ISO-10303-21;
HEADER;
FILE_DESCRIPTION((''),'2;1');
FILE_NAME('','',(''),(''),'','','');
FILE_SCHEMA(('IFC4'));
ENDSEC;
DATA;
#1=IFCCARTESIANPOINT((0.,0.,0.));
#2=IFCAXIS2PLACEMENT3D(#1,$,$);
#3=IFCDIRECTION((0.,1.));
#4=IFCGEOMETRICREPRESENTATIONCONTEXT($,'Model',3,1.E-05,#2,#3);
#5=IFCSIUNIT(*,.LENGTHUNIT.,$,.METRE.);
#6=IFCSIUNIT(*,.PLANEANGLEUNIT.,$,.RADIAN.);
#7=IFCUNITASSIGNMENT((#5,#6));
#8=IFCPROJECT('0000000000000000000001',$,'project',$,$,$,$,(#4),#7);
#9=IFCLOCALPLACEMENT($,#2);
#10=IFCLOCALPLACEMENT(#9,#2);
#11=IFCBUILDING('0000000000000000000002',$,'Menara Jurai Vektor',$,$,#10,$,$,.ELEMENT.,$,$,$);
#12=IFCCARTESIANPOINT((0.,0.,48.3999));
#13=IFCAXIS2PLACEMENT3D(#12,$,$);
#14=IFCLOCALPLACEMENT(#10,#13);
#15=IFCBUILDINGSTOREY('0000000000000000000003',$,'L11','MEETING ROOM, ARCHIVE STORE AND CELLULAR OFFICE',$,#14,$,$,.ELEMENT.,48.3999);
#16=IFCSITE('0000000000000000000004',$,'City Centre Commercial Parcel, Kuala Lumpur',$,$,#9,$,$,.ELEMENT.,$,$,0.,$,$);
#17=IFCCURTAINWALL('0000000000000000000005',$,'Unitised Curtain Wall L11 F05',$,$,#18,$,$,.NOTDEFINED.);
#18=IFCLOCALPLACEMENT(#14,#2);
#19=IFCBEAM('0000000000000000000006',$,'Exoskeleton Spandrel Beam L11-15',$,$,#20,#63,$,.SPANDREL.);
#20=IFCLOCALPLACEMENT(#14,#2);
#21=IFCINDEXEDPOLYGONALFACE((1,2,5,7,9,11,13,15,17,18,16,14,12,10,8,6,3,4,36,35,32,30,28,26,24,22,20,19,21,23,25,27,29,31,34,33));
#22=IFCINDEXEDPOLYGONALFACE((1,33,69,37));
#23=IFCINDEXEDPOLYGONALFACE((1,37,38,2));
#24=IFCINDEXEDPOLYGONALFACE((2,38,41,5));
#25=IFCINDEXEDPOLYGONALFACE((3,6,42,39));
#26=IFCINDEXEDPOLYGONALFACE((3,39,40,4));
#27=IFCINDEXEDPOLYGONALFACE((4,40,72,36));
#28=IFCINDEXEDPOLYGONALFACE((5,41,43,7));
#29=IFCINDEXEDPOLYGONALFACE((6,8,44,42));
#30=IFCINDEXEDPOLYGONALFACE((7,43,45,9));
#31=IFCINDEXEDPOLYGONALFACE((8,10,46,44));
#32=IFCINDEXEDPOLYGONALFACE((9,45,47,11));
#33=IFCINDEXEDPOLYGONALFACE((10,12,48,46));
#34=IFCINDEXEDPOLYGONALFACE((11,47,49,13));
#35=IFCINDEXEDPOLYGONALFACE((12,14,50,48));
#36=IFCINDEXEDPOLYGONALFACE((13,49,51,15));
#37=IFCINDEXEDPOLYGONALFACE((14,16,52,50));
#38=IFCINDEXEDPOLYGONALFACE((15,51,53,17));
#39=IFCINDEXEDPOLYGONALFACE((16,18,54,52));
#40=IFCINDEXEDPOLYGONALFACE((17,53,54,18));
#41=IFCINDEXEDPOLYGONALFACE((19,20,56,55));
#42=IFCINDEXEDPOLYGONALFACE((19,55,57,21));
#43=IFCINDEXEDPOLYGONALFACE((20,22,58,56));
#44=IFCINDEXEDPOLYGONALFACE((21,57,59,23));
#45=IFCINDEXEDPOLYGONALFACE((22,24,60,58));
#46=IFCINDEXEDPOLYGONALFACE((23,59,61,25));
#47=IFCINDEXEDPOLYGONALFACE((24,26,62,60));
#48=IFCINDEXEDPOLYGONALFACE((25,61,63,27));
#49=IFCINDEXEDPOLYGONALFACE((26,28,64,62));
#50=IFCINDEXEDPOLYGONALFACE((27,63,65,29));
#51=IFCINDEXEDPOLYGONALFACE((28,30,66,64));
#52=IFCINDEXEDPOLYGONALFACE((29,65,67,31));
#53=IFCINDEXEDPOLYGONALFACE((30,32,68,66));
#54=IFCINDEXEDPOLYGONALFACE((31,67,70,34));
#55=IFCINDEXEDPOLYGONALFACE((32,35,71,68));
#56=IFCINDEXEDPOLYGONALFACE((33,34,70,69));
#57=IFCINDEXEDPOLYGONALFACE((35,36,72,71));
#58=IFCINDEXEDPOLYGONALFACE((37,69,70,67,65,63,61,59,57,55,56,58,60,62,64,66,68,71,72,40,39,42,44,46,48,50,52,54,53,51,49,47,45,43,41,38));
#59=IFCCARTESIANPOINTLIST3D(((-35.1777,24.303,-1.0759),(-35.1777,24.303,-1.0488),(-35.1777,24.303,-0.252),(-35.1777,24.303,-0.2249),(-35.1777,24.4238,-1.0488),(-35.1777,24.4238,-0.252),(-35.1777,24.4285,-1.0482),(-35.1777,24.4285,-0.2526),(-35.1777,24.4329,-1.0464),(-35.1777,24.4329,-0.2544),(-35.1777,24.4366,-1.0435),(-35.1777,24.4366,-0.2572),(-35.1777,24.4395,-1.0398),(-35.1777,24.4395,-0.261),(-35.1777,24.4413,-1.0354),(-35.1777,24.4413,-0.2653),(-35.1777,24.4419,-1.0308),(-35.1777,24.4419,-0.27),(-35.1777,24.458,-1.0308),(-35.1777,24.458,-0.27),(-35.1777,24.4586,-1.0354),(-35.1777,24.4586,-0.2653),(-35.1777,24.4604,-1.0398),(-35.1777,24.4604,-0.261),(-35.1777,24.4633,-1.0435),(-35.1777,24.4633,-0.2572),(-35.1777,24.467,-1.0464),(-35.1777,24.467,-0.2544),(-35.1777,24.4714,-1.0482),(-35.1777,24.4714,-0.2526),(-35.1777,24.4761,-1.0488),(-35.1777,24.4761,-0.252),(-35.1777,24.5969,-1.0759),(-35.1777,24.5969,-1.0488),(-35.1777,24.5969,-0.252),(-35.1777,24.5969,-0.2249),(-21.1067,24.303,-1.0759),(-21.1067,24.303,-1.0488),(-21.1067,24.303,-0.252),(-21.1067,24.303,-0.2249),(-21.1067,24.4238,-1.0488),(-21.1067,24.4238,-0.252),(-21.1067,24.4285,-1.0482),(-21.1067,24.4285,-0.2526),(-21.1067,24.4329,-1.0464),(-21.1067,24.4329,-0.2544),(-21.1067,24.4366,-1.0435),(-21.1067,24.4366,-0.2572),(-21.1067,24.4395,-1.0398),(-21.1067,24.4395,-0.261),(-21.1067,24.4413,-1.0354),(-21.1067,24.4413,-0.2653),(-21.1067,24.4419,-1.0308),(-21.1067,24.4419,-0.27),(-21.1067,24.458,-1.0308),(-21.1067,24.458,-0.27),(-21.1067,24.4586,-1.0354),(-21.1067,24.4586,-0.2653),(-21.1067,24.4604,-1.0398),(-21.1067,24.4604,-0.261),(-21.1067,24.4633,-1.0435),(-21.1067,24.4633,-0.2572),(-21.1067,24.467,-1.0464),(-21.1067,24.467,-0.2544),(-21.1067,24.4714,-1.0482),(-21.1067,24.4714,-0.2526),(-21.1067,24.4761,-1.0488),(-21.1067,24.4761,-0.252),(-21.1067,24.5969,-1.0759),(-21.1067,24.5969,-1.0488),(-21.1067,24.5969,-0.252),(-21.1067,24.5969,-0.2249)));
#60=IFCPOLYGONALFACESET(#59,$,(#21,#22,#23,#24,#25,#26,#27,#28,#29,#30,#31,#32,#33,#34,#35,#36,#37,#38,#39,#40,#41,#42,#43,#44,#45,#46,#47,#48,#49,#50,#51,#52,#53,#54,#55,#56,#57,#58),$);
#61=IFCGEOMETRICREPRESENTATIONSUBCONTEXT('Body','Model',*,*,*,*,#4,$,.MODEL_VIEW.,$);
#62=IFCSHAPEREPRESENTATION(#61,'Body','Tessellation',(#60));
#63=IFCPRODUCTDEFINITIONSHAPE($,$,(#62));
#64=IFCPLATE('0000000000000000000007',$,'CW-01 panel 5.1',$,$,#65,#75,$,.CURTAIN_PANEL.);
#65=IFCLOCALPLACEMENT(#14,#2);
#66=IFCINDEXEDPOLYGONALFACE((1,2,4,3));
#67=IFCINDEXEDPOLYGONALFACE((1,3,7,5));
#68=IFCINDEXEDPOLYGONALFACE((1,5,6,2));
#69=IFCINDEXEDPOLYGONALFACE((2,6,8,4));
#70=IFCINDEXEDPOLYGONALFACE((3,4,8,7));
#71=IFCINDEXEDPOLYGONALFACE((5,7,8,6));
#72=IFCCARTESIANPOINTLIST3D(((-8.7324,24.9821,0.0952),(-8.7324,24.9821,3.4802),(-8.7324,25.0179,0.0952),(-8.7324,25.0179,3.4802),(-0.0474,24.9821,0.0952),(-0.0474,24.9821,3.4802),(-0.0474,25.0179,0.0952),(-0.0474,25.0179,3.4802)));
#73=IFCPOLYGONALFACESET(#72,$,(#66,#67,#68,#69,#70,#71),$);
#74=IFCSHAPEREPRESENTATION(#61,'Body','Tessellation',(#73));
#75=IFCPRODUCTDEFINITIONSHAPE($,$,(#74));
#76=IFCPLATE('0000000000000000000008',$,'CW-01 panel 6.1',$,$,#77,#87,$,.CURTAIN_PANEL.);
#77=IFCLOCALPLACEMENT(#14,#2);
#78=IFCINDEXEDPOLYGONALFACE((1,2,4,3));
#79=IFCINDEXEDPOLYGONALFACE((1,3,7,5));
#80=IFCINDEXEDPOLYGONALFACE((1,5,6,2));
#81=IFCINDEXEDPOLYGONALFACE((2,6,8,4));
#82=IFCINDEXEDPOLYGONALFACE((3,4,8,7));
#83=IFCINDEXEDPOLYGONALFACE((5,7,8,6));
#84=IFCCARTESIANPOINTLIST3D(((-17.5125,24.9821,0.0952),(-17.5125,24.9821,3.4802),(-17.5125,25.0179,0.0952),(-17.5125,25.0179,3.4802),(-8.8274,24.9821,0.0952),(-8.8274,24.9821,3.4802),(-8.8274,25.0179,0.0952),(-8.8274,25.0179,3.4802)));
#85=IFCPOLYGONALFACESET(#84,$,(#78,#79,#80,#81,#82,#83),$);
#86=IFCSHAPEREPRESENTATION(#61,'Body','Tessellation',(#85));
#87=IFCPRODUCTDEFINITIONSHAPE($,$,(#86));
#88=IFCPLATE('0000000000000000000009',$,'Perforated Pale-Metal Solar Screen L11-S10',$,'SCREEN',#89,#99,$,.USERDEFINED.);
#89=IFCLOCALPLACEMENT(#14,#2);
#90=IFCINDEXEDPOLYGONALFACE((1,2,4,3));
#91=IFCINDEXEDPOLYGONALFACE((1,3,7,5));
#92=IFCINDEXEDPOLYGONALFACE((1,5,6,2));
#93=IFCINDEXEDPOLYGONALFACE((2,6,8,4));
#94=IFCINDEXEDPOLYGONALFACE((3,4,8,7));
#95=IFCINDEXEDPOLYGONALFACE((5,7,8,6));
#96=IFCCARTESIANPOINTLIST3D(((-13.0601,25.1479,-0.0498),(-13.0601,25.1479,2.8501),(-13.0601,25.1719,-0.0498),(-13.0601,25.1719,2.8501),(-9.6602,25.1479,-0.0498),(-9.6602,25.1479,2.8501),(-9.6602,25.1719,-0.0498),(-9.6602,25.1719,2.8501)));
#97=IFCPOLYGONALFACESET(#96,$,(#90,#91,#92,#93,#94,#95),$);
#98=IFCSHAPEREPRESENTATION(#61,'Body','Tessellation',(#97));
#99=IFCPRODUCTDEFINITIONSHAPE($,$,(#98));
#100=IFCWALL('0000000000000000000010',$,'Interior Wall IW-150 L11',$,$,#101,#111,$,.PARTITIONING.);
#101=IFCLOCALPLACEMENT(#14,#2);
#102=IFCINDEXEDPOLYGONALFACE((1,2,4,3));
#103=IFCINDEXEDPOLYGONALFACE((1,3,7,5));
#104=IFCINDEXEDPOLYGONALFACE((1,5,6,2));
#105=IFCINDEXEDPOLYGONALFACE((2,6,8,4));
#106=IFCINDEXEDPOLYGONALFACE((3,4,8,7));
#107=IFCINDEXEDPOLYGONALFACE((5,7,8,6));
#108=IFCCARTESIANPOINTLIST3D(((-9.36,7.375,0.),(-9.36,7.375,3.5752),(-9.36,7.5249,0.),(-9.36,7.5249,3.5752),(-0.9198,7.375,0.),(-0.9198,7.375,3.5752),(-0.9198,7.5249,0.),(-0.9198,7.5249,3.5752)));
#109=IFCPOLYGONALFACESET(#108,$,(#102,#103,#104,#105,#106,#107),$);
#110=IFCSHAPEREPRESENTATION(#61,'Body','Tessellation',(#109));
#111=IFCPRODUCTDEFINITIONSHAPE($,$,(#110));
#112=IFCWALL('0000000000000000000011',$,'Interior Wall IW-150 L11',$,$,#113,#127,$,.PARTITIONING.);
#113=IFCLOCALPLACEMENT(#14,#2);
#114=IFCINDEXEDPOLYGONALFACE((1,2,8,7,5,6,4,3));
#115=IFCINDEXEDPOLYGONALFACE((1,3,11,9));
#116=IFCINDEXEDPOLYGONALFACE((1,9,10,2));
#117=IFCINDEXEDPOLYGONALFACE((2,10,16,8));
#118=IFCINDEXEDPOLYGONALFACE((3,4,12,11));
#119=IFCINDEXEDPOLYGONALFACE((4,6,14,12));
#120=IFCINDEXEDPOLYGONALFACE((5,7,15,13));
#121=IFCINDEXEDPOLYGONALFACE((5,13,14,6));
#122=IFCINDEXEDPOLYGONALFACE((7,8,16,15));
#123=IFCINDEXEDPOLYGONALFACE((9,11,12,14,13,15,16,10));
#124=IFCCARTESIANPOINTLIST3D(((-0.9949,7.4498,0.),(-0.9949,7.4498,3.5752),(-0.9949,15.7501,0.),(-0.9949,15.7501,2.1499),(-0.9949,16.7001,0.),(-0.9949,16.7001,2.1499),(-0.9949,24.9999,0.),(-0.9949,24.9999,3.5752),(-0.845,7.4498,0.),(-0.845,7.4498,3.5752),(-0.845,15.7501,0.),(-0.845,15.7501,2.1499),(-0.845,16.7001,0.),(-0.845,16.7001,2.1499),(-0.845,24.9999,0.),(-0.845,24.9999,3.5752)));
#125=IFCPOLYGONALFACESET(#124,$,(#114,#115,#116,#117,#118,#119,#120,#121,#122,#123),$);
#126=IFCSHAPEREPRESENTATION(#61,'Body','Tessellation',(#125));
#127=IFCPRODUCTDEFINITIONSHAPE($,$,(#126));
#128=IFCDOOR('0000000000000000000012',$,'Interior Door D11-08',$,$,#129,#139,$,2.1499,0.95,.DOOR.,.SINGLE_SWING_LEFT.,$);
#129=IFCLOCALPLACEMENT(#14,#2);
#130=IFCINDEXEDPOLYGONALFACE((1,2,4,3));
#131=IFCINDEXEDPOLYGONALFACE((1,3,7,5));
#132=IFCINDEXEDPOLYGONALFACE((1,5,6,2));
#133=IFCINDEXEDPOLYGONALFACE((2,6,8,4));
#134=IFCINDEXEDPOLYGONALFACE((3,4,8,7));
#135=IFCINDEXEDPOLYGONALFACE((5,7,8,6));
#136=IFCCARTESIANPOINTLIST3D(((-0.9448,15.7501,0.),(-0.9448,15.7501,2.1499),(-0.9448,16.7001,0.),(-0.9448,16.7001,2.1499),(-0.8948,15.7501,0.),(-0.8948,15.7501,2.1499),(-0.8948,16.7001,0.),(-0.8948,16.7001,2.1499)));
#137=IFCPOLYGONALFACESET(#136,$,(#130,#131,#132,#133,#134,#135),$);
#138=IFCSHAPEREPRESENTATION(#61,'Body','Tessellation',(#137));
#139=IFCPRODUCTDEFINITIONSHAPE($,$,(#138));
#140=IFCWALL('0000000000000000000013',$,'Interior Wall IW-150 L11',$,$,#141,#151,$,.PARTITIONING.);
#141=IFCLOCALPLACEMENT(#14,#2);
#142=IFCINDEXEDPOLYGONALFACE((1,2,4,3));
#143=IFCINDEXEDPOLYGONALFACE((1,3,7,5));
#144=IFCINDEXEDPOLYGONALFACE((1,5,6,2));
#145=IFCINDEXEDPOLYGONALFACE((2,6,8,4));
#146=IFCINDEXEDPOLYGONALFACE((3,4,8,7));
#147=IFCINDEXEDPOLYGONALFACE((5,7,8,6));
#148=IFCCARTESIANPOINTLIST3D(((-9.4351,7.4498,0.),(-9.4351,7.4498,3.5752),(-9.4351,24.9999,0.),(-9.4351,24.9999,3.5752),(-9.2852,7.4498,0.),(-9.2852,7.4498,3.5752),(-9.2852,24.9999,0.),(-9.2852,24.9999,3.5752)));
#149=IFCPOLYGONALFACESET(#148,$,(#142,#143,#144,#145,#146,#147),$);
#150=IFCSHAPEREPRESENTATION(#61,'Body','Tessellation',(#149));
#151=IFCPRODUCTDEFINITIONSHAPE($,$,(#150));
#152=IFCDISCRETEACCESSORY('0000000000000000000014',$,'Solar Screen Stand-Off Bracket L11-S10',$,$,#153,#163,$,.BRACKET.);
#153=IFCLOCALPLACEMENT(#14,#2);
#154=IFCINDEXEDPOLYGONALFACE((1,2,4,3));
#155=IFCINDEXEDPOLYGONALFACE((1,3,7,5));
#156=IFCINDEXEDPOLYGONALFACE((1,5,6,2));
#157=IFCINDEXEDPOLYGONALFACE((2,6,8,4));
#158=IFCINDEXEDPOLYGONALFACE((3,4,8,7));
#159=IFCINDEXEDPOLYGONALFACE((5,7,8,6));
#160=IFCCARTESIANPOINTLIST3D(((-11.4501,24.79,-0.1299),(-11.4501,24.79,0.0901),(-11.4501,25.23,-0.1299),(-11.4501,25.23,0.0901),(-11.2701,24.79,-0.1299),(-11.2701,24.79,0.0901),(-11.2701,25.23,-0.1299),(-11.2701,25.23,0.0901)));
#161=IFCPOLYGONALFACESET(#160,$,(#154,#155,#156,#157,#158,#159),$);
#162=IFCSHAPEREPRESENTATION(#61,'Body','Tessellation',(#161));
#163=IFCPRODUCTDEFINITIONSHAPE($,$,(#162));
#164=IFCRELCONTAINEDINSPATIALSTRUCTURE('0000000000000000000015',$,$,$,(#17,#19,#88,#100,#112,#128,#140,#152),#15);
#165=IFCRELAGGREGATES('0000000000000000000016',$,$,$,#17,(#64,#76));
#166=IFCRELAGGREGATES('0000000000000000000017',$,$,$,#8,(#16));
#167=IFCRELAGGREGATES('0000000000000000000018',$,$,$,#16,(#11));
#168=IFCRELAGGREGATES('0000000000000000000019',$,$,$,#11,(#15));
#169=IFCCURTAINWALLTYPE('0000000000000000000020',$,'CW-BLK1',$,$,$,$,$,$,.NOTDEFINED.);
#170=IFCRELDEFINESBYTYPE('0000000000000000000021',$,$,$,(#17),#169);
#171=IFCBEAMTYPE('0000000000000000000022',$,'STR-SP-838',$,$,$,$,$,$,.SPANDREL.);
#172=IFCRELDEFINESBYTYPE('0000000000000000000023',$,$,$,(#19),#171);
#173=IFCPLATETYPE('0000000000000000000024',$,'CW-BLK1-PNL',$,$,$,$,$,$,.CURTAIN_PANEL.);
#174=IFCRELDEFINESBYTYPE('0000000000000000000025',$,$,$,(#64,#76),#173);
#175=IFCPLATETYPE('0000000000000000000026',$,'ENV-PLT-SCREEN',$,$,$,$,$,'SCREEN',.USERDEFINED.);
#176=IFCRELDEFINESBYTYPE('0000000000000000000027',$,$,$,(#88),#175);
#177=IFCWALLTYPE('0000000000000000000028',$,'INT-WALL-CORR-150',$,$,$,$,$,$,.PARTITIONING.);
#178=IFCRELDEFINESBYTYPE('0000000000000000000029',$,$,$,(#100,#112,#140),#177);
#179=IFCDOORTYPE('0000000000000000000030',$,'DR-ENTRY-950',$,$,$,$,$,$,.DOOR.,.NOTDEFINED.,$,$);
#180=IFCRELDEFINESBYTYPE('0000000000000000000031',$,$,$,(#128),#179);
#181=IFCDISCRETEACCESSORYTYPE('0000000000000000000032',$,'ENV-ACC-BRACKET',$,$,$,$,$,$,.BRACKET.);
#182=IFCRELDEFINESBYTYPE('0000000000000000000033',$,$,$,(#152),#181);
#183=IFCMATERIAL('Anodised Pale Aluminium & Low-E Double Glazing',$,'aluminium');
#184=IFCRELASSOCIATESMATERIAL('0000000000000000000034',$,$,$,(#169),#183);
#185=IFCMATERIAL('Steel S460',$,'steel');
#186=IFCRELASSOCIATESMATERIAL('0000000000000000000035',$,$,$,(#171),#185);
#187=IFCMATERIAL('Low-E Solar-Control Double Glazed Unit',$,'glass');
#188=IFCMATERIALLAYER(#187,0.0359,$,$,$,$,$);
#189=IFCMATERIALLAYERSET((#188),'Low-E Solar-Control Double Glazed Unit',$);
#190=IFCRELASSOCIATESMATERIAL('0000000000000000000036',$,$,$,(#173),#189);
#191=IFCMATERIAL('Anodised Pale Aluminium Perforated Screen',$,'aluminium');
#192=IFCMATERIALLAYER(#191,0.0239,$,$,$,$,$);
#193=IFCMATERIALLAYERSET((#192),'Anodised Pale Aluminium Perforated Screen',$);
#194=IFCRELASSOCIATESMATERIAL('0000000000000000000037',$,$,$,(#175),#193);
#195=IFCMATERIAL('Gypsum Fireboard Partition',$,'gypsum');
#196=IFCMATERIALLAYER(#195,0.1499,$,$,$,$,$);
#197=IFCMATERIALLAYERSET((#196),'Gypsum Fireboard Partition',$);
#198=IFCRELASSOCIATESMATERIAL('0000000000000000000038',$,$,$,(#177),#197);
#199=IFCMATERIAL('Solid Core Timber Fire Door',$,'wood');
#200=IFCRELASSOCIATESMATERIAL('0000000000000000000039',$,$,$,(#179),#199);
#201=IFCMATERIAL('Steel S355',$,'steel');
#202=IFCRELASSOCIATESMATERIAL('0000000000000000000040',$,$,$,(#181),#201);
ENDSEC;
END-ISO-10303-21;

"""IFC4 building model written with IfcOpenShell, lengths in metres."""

from ifc_helpers import new_model, si_unit, direction, frame, frame_2d, origin, origin_2d, place, context, subcontext, project, spatial, rectangle, i_section, extrude, material, layer, layer_set, material_profile, profile_set, type_object, element, fill, aggregate, save


model = new_model("IFC4")

# Units and contexts
model_context = context("Model", 3, precision=1e-05, world=origin(), true_north=direction((0.0, 1.0)))
body_context = subcontext(model_context, "Body", "Model", "MODEL_VIEW")
ifc_project = project(units=[si_unit("LENGTHUNIT", "METRE"), si_unit("PLANEANGLEUNIT", "RADIAN")], contexts=[model_context])

# Site, building, storey
site_placement = place(None, origin())
site = spatial("IfcSite", under=ifc_project, at=site_placement, Name="City Centre Commercial Parcel, Kuala Lumpur", CompositionType="ELEMENT", RefElevation=0.0)
building_placement = place(site_placement, origin())
building = spatial("IfcBuilding", under=site, at=building_placement, Name="Menara Jurai Vektor", CompositionType="ELEMENT")
storey_placement = place(building_placement, frame((0.0, 0.0, 48.3999)))
storey = spatial("IfcBuildingStorey", under=building, at=storey_placement, Name="L11", Description="MEETING ROOM, ARCHIVE STORE AND CELLULAR OFFICE", CompositionType="ELEMENT", Elevation=48.3999)

# Shared definitions
ifc_material_1 = material(Name="Steel S460", Category="steel")

# Curtain wall
ifc_material_2 = material(Name="Anodised Pale Aluminium & Low-E Double Glazing", Category="aluminium")
curtain_wall_type = type_object("IfcCurtainWallType", Name="CW-BLK1", PredefinedType="NOTDEFINED", material=ifc_material_2)
curtain_wall_placement = place(storey_placement, origin())
curtain_wall = element("IfcCurtainWall", 1, at=curtain_wall_placement, inside=storey, type_object=curtain_wall_type, Name="Unitised Curtain Wall L11 F05", PredefinedType="NOTDEFINED")

# Beam
ifc_material_3 = material(Name="Steel S355", Category="steel")
ifc_material_profile_1 = material_profile(ifc_material_1, i_section(OverallWidth=0.2939, OverallDepth=0.8511, WebThickness=0.0161, FlangeThickness=0.0271, FilletRadius=0.0181, at=origin_2d()), Name="UKB 838x292x226")
ifc_profile_set_1 = profile_set([ifc_material_profile_1], Name="Steel S460")
beam_type_1 = type_object("IfcBeamType", Name="STR-SP-838", PredefinedType="SPANDREL", material=ifc_profile_set_1)
for number, where, z_axis, x_axis, name in (
    (2, (-21.1067, 24.45, -0.6504), (-1.0, 0.0, 0.0), (0.0, -1.0, 0.0), "Exoskeleton Spandrel Beam L11-15"),
):
    element("IfcBeam", number, at=place(storey_placement, frame(where, z_axis=z_axis, x_axis=x_axis)), inside=storey, type_object=beam_type_1, Name=name, PredefinedType="SPANDREL", context=body_context, shape_type="SweptSolid", body=[
        extrude(i_section(OverallWidth=0.2939, OverallDepth=0.8511, WebThickness=0.0161, FlangeThickness=0.0271, FilletRadius=0.0181, at=origin_2d()), origin(), (0.0, 0.0, 1.0), 14.071),
    ])

# Plates
ifc_material_4 = material(Name="Low-E Solar-Control Double Glazed Unit", Category="glass")
ifc_layer_1 = layer(ifc_material_4, 0.0359)
ifc_layer_set_1 = layer_set([ifc_layer_1], Name="Low-E Solar-Control Double Glazed Unit")
plate_type_1 = type_object("IfcPlateType", Name="CW-BLK1-PNL", PredefinedType="CURTAIN_PANEL", material=ifc_layer_set_1)
plate_1_placement = place(storey_placement, frame((-4.3899, 25.0, 0.0952), z_axis=(0.0, 0.0, 1.0), x_axis=(-1.0, 0.0, 0.0)))
plate_1 = element("IfcPlate", 3, at=plate_1_placement, type_object=plate_type_1, Name="CW-01 panel 5.1", PredefinedType="CURTAIN_PANEL", context=body_context, shape_type="SweptSolid", body=[
    extrude(rectangle(XDim=8.6851, YDim=0.0359, at=origin_2d()), origin(), (0.0, 0.0, 1.0), 3.385),
])
plate_2_placement = place(storey_placement, frame((-13.1699, 25.0, 0.0952), z_axis=(0.0, 0.0, 1.0), x_axis=(-1.0, 0.0, 0.0)))
plate_2 = element("IfcPlate", 4, at=plate_2_placement, type_object=plate_type_1, Name="CW-01 panel 6.1", PredefinedType="CURTAIN_PANEL", context=body_context, shape_type="SweptSolid", body=[
    extrude(rectangle(XDim=8.6851, YDim=0.0359, at=origin_2d()), origin(), (0.0, 0.0, 1.0), 3.385),
])
aggregate(curtain_wall, [plate_1, plate_2])
ifc_material_5 = material(Name="Anodised Pale Aluminium Perforated Screen", Category="aluminium")
ifc_layer_2 = layer(ifc_material_5, 0.0239)
ifc_layer_set_2 = layer_set([ifc_layer_2], Name="Anodised Pale Aluminium Perforated Screen")
plate_type_2 = type_object("IfcPlateType", Name="ENV-PLT-SCREEN", ElementType="SCREEN", PredefinedType="USERDEFINED", material=ifc_layer_set_2)
plate_3_placement = place(storey_placement, frame((-11.3601, 25.1599, -0.0498), z_axis=(0.0, 0.0, 1.0), x_axis=(-1.0, 0.0, 0.0)))
element("IfcPlate", 5, at=plate_3_placement, inside=storey, type_object=plate_type_2, Name="Perforated Pale-Metal Solar Screen L11-S10", ObjectType="SCREEN", PredefinedType="USERDEFINED", context=body_context, shape_type="SweptSolid", body=[
    extrude(rectangle(XDim=3.3999, YDim=0.0239, at=origin_2d()), origin(), (0.0, 0.0, 1.0), 2.8999),
])

# Wall
ifc_material_6 = material(Name="Gypsum Fireboard Partition", Category="gypsum")
ifc_layer_3 = layer(ifc_material_6, 0.1499)
ifc_layer_set_3 = layer_set([ifc_layer_3], Name="Gypsum Fireboard Partition")
wall_type = type_object("IfcWallType", Name="INT-WALL-CORR-150", PredefinedType="PARTITIONING", material=ifc_layer_set_3)
wall_1_placement = place(storey_placement, frame((-9.3601, 7.45, 0.0), z_axis=(0.0, 0.0, 1.0), x_axis=(1.0, 0.0, 0.0)))
element("IfcWall", 6, at=wall_1_placement, inside=storey, type_object=wall_type, Name="Interior Wall IW-150 L11", PredefinedType="PARTITIONING", context=body_context, shape_type="SweptSolid", body=[
    extrude(rectangle(XDim=8.4402, YDim=0.1499, at=frame_2d((4.2202, 0.0))), origin(), (0.0, 0.0, 1.0), 3.5752),
])

# Wall, opening, door
wall_2_placement = place(storey_placement, frame((-0.9199, 7.45, 0.0), z_axis=(0.0, 0.0, 1.0), x_axis=(0.0, 1.0, 0.0)))
wall_2 = element("IfcWall", 7, at=wall_2_placement, inside=storey, type_object=wall_type, Name="Interior Wall IW-150 L11", PredefinedType="PARTITIONING", context=body_context, shape_type="SweptSolid", body=[
    extrude(rectangle(XDim=17.55, YDim=0.1499, at=frame_2d((8.7749, 0.0))), origin(), (0.0, 0.0, 1.0), 3.5752),
])
opening_placement = place(wall_2_placement, frame((8.3, 0.0, 0.0)))
opening = element("IfcOpeningElement", 8, at=opening_placement, cuts=wall_2, PredefinedType="OPENING", context=body_context, shape_type="SweptSolid", body=[
    extrude(rectangle(XDim=0.95, YDim=2.1499, at=frame_2d((0.4751, 1.075))), frame((0.0, 0.085, 0.0), z_axis=(0.0, -1.0, 0.0), x_axis=(1.0, 0.0, 0.0)), (0.0, 0.0, 1.0), 0.1699),
])
ifc_material_7 = material(Name="Solid Core Timber Fire Door", Category="wood")
door_type = type_object("IfcDoorType", Name="DR-ENTRY-950", OperationType="NOTDEFINED", PredefinedType="DOOR", material=ifc_material_7)
door_placement = place(opening_placement, origin())
door = element("IfcDoor", 9, at=door_placement, inside=storey, type_object=door_type, Name="Interior Door D11-08", OperationType="SINGLE_SWING_LEFT", OverallHeight=2.1499, OverallWidth=0.95, PredefinedType="DOOR", context=body_context, shape_type="SweptSolid", body=[
    extrude(rectangle(XDim=0.95, YDim=2.1499, at=frame_2d((0.4751, 1.075))), frame((0.0, 0.0249, 0.0), z_axis=(0.0, -1.0, 0.0), x_axis=(1.0, 0.0, 0.0)), (0.0, 0.0, 1.0), 0.05),
])
fill(opening, door)

# Wall
wall_3_placement = place(storey_placement, frame((-9.3601, 7.45, 0.0), z_axis=(0.0, 0.0, 1.0), x_axis=(0.0, 1.0, 0.0)))
element("IfcWall", 10, at=wall_3_placement, inside=storey, type_object=wall_type, Name="Interior Wall IW-150 L11", PredefinedType="PARTITIONING", context=body_context, shape_type="SweptSolid", body=[
    extrude(rectangle(XDim=17.55, YDim=0.1499, at=frame_2d((8.7749, 0.0))), origin(), (0.0, 0.0, 1.0), 3.5752),
])

# Discrete accessory
discrete_accessory_type = type_object("IfcDiscreteAccessoryType", Name="ENV-ACC-BRACKET", PredefinedType="BRACKET", material=ifc_material_3)
discrete_accessory_placement = place(storey_placement, frame((-11.3601, 25.01, -0.1299), z_axis=(0.0, 0.0, 1.0), x_axis=(-1.0, 0.0, 0.0)))
element("IfcDiscreteAccessory", 11, at=discrete_accessory_placement, inside=storey, type_object=discrete_accessory_type, Name="Solar Screen Stand-Off Bracket L11-S10", PredefinedType="BRACKET", context=body_context, shape_type="SweptSolid", body=[
    extrude(rectangle(XDim=0.1799, YDim=0.4399, at=origin_2d()), origin(), (0.0, 0.0, 1.0), 0.22),
])

save(model, "model.ifc")
